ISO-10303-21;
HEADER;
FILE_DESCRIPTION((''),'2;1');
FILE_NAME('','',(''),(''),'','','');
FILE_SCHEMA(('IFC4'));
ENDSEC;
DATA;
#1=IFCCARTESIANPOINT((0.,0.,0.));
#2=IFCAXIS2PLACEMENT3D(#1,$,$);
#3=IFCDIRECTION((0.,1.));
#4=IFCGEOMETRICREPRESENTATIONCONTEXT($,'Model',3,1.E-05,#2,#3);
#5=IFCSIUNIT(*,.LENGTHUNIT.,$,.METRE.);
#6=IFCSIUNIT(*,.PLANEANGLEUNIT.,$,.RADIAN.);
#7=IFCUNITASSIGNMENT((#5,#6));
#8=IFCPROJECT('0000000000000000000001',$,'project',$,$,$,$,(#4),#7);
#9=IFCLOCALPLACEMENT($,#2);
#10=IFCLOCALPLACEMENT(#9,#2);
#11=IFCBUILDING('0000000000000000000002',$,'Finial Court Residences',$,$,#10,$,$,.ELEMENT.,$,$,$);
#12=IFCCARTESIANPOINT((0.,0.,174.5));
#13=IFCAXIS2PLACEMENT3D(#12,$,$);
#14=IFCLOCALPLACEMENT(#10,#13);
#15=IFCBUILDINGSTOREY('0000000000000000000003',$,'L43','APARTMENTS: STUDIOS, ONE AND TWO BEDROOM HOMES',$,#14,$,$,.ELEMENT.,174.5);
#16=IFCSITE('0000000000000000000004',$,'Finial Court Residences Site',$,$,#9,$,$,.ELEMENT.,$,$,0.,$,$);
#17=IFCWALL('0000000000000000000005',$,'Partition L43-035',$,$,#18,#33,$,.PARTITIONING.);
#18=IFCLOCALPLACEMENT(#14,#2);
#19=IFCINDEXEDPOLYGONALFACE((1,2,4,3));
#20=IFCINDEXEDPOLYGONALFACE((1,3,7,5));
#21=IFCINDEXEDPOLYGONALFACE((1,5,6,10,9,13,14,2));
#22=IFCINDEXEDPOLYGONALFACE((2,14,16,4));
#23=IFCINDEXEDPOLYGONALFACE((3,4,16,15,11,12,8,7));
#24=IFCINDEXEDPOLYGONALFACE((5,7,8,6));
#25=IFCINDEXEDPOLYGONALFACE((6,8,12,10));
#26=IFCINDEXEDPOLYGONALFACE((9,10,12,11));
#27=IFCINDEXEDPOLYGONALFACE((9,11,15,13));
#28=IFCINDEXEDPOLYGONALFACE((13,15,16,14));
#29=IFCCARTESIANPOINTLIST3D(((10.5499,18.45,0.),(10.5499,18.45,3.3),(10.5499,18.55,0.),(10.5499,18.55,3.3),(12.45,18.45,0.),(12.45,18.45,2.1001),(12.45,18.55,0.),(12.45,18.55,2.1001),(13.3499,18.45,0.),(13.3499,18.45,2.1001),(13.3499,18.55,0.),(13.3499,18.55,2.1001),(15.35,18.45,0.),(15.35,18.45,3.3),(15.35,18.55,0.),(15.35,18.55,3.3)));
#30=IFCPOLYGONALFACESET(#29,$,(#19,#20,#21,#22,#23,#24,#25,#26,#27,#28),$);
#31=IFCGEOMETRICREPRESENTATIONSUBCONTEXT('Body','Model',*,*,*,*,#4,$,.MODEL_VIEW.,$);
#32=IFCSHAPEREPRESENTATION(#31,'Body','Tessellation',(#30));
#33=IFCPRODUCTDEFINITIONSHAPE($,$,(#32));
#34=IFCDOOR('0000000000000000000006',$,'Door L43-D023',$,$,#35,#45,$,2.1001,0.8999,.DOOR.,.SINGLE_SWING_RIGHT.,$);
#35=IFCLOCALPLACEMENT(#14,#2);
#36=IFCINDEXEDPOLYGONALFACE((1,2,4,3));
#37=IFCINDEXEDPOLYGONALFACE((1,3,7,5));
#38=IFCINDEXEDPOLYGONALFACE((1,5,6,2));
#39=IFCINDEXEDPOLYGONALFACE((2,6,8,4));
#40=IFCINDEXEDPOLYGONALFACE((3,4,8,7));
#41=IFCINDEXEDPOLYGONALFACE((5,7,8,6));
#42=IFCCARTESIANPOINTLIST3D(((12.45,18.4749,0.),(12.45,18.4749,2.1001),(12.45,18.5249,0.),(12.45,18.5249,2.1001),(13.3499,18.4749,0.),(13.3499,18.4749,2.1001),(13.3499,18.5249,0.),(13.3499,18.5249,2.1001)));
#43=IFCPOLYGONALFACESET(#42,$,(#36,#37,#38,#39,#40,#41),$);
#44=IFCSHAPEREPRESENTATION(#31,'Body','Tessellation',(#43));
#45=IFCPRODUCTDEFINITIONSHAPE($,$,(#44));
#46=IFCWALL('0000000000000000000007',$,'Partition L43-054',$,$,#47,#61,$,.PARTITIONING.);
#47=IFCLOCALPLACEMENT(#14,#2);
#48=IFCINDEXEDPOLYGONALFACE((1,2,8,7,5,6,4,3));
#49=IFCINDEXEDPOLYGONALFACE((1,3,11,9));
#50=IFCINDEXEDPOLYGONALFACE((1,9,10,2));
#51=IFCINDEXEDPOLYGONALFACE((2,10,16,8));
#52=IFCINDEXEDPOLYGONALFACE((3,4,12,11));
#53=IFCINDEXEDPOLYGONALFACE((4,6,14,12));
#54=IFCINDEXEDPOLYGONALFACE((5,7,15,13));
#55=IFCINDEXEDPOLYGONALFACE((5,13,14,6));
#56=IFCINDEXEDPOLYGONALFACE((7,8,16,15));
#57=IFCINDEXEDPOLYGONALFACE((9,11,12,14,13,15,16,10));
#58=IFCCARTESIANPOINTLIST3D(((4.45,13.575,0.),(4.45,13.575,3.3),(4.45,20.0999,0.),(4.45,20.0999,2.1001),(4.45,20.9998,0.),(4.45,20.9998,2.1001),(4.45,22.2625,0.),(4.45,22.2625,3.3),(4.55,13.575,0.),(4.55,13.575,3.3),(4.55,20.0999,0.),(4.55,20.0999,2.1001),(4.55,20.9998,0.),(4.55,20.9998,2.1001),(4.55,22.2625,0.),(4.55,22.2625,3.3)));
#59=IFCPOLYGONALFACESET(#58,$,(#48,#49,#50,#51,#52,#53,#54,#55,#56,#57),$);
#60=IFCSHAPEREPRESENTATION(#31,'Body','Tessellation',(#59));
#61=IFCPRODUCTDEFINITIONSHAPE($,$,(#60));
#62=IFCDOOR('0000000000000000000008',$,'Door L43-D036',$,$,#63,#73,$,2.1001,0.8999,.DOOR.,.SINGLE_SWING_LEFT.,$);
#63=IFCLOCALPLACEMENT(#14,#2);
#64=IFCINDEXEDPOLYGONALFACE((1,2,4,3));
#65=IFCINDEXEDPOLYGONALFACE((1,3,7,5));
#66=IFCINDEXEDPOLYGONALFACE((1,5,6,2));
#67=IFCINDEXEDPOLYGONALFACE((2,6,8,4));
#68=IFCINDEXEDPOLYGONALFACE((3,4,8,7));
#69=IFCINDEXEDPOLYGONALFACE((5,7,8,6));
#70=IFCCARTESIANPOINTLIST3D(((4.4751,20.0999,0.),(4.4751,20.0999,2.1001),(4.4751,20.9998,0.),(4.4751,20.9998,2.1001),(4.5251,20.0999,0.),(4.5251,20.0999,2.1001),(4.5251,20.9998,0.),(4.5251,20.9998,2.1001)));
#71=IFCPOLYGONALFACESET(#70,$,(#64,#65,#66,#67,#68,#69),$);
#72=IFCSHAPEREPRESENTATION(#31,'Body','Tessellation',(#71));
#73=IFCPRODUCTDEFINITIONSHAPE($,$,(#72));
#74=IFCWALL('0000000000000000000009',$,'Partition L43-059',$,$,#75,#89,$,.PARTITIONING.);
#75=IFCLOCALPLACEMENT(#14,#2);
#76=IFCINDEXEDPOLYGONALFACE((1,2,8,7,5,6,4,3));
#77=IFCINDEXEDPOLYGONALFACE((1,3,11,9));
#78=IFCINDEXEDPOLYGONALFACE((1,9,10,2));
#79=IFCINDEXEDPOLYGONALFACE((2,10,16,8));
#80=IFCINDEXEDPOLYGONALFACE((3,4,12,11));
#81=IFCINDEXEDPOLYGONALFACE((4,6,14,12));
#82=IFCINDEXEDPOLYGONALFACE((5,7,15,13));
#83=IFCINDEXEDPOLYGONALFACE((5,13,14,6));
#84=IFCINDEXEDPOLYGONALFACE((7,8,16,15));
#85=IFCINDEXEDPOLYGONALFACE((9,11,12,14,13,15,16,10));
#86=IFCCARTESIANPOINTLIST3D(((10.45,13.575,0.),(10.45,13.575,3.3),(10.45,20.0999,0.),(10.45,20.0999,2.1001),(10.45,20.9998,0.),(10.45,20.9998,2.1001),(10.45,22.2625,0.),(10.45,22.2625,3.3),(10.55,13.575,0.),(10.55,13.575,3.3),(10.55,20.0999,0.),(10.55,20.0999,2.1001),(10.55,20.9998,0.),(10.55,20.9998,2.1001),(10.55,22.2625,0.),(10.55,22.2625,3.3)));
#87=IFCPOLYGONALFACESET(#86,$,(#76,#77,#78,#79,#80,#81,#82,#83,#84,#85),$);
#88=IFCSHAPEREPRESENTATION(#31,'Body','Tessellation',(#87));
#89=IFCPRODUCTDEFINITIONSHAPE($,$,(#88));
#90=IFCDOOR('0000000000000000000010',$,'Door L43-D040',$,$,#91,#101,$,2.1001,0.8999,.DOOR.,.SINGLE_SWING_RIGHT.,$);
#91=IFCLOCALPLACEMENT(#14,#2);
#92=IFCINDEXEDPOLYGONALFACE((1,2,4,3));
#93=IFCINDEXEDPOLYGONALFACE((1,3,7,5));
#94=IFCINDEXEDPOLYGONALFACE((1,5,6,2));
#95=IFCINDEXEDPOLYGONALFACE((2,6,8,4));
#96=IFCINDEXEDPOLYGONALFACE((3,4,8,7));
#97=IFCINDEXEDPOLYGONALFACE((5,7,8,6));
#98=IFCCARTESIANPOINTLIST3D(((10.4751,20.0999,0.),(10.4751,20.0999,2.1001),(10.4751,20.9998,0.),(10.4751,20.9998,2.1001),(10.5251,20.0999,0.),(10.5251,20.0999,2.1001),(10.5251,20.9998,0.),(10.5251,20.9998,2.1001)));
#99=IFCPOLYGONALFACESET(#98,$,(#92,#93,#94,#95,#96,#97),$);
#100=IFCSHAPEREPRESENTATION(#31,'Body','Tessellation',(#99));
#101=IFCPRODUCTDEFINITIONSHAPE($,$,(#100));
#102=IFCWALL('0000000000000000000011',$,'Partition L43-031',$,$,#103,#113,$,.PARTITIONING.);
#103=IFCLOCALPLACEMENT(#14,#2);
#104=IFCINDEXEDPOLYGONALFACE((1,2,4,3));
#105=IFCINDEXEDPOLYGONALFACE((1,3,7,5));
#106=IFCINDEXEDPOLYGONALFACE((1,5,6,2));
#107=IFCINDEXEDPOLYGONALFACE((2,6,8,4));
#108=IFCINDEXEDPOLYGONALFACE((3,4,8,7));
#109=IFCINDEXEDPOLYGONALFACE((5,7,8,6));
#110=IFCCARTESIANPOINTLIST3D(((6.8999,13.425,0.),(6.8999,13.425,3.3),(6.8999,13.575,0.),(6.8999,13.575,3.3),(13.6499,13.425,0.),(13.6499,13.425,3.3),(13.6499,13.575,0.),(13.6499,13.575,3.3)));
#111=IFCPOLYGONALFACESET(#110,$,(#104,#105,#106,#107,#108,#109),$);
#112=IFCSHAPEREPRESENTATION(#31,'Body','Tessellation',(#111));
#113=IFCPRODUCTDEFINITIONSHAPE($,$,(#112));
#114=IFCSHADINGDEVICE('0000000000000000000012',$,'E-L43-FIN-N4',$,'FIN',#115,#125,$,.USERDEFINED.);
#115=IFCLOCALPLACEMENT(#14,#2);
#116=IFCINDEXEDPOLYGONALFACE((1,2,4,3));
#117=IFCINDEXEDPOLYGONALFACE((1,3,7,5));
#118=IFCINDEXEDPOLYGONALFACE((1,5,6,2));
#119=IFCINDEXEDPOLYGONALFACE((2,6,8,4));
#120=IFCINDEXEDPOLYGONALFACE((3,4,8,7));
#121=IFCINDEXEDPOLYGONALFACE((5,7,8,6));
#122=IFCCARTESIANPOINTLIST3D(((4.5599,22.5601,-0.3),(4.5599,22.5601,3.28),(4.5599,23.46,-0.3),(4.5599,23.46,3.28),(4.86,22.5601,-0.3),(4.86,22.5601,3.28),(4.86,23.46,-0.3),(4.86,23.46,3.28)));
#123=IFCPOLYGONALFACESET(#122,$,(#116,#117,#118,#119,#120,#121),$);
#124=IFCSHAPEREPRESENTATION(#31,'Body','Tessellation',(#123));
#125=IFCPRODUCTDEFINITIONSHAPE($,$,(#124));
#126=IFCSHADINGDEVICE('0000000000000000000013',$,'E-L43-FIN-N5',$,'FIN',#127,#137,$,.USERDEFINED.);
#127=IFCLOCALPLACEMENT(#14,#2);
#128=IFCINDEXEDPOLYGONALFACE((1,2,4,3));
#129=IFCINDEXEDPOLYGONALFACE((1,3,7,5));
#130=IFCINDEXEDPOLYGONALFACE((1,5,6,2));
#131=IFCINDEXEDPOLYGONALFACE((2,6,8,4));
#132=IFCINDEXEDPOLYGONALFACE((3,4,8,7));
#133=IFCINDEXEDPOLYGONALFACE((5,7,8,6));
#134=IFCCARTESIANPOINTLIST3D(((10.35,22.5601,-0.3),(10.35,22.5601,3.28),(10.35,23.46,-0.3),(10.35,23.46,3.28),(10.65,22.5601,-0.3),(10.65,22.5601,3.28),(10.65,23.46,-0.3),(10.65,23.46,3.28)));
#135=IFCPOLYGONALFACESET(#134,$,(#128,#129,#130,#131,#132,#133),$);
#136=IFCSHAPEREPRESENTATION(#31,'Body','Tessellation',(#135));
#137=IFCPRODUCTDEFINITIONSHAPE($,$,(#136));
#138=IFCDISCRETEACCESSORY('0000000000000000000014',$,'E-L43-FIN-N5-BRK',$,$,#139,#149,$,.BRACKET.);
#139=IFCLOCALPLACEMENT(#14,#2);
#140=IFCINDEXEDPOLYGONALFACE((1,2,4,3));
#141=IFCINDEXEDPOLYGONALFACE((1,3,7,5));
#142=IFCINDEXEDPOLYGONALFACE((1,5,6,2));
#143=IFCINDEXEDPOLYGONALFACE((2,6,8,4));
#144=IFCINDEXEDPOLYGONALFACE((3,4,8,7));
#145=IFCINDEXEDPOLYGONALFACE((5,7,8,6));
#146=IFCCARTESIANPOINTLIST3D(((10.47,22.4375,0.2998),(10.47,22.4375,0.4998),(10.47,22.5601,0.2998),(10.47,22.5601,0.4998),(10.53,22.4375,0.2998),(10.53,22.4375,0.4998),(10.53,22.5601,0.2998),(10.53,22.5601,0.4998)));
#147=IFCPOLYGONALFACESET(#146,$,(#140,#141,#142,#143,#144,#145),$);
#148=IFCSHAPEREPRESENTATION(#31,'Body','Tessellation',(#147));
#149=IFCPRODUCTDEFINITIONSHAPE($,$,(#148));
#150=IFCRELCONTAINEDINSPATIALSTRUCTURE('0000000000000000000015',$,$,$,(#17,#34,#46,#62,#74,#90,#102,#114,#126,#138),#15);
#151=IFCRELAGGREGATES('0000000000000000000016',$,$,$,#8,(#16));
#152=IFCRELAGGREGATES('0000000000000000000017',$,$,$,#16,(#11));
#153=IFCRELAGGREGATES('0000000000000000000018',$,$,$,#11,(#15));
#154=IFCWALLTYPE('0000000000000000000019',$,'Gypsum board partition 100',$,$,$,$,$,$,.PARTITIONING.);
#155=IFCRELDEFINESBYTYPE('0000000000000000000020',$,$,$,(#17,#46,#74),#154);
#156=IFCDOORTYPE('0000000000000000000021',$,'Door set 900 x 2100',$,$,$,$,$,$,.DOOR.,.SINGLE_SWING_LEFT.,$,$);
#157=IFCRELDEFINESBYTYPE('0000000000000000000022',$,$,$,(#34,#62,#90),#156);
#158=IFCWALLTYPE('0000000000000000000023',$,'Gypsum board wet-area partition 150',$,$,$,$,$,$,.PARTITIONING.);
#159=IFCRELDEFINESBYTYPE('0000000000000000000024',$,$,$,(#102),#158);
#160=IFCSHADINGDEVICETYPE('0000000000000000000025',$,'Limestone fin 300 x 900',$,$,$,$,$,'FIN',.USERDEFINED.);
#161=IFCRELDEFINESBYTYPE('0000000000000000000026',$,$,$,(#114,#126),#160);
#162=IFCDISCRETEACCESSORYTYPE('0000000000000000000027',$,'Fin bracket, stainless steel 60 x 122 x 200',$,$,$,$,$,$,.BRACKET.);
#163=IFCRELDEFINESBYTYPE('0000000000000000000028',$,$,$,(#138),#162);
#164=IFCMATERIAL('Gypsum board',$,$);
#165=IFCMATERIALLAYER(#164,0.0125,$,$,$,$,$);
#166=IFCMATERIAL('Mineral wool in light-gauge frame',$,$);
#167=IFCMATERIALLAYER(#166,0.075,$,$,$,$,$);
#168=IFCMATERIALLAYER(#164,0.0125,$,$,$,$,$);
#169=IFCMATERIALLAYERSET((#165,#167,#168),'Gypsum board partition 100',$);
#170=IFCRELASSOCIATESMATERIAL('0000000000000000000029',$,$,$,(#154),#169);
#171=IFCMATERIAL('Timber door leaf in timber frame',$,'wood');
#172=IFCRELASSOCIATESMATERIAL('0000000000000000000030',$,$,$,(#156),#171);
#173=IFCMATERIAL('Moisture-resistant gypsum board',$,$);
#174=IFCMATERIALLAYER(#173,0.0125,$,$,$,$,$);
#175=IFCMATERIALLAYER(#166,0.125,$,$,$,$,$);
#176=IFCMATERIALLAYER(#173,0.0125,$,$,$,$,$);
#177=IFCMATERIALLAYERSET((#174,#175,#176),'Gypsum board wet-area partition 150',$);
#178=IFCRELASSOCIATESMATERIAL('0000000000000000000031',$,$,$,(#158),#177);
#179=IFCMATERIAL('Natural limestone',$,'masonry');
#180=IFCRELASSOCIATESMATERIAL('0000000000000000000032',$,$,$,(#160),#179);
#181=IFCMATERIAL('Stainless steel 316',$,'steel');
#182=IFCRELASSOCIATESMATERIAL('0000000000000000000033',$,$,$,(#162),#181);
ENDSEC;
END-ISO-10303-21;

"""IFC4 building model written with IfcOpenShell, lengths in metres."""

from ifc_helpers import new_model, si_unit, direction, frame, frame_2d, origin, origin_2d, place, context, subcontext, project, spatial, rectangle, extrude, material, layer, layer_set, type_object, element, fill, save


model = new_model("IFC4")

# Units and contexts
model_context = context("Model", 3, precision=1e-05, world=origin(), true_north=direction((0.0, 1.0)))
body_context = subcontext(model_context, "Body", "Model", "MODEL_VIEW")
ifc_project = project(units=[si_unit("LENGTHUNIT", "METRE"), si_unit("PLANEANGLEUNIT", "RADIAN")], contexts=[model_context])

# Site, building, storey
site_placement = place(None, origin())
site = spatial("IfcSite", under=ifc_project, at=site_placement, Name="Finial Court Residences Site", CompositionType="ELEMENT", RefElevation=0.0)
building_placement = place(site_placement, origin())
building = spatial("IfcBuilding", under=site, at=building_placement, Name="Finial Court Residences", CompositionType="ELEMENT")
storey_placement = place(building_placement, frame((0.0, 0.0, 174.5)))
storey = spatial("IfcBuildingStorey", under=building, at=storey_placement, Name="L43", Description="APARTMENTS: STUDIOS, ONE AND TWO BEDROOM HOMES", CompositionType="ELEMENT", Elevation=174.5)

# Walls, openings, doors
ifc_material_1 = material(Name="Gypsum board")
ifc_layer_1 = layer(ifc_material_1, 0.0125)
ifc_material_2 = material(Name="Mineral wool in light-gauge frame")
ifc_layer_2 = layer(ifc_material_2, 0.075)
ifc_layer_3 = layer(ifc_material_1, 0.0125)
ifc_layer_set_1 = layer_set([ifc_layer_1, ifc_layer_2, ifc_layer_3], Name="Gypsum board partition 100")
wall_type_1 = type_object("IfcWallType", Name="Gypsum board partition 100", PredefinedType="PARTITIONING", material=ifc_layer_set_1)
wall_1_placement = place(storey_placement, frame((10.55, 18.5, 0.0), z_axis=(0.0, 0.0, 1.0), x_axis=(1.0, 0.0, 0.0)))
wall_1 = element("IfcWall", 1, at=wall_1_placement, inside=storey, type_object=wall_type_1, Name="Partition L43-035", PredefinedType="PARTITIONING", context=body_context, shape_type="SweptSolid", body=[
    extrude(rectangle(XDim=4.8, YDim=0.1001, at=frame_2d((2.3999, 0.0))), origin(), (0.0, 0.0, 1.0), 3.3),
])
opening_1_placement = place(wall_1_placement, frame((1.8999, 0.0, 0.0)))
opening_1 = element("IfcOpeningElement", 2, at=opening_1_placement, cuts=wall_1, PredefinedType="OPENING", context=body_context, shape_type="SweptSolid", body=[
    extrude(rectangle(XDim=0.8999, YDim=2.1001, at=frame_2d((0.45, 1.05))), frame((0.0, 0.0601, 0.0), z_axis=(0.0, -1.0, 0.0), x_axis=(1.0, 0.0, 0.0)), (0.0, 0.0, 1.0), 0.1201),
])
ifc_material_3 = material(Name="Timber door leaf in timber frame", Category="wood")
door_type = type_object("IfcDoorType", Name="Door set 900 x 2100", OperationType="SINGLE_SWING_LEFT", PredefinedType="DOOR", material=ifc_material_3)
door_1_placement = place(opening_1_placement, origin())
door_1 = element("IfcDoor", 3, at=door_1_placement, inside=storey, type_object=door_type, Name="Door L43-D023", OperationType="SINGLE_SWING_RIGHT", OverallHeight=2.1001, OverallWidth=0.8999, PredefinedType="DOOR", context=body_context, shape_type="SweptSolid", body=[
    extrude(rectangle(XDim=0.8999, YDim=2.1001, at=frame_2d((0.45, 1.05))), frame((0.0, 0.0249, 0.0), z_axis=(0.0, -1.0, 0.0), x_axis=(1.0, 0.0, 0.0)), (0.0, 0.0, 1.0), 0.05),
])
fill(opening_1, door_1)
wall_2_placement = place(storey_placement, frame((4.5, 13.575, 0.0), z_axis=(0.0, 0.0, 1.0), x_axis=(0.0, 1.0, 0.0)))
wall_2 = element("IfcWall", 4, at=wall_2_placement, inside=storey, type_object=wall_type_1, Name="Partition L43-054", PredefinedType="PARTITIONING", context=body_context, shape_type="SweptSolid", body=[
    extrude(rectangle(XDim=8.6875, YDim=0.1001, at=frame_2d((4.3438, 0.0))), origin(), (0.0, 0.0, 1.0), 3.3),
])
opening_2_placement = place(wall_2_placement, frame((6.5249, 0.0, 0.0)))
opening_2 = element("IfcOpeningElement", 5, at=opening_2_placement, cuts=wall_2, PredefinedType="OPENING", context=body_context, shape_type="SweptSolid", body=[
    extrude(rectangle(XDim=0.8999, YDim=2.1001, at=frame_2d((0.45, 1.05))), frame((0.0, 0.0601, 0.0), z_axis=(0.0, -1.0, 0.0), x_axis=(1.0, 0.0, 0.0)), (0.0, 0.0, 1.0), 0.1201),
])
door_2_placement = place(opening_2_placement, origin())
door_2 = element("IfcDoor", 6, at=door_2_placement, inside=storey, type_object=door_type, Name="Door L43-D036", OperationType="SINGLE_SWING_LEFT", OverallHeight=2.1001, OverallWidth=0.8999, PredefinedType="DOOR", context=body_context, shape_type="SweptSolid", body=[
    extrude(rectangle(XDim=0.8999, YDim=2.1001, at=frame_2d((0.45, 1.05))), frame((0.0, 0.0249, 0.0), z_axis=(0.0, -1.0, 0.0), x_axis=(1.0, 0.0, 0.0)), (0.0, 0.0, 1.0), 0.05),
])
fill(opening_2, door_2)
wall_3_placement = place(storey_placement, frame((10.5, 13.575, 0.0), z_axis=(0.0, 0.0, 1.0), x_axis=(0.0, 1.0, 0.0)))
wall_3 = element("IfcWall", 7, at=wall_3_placement, inside=storey, type_object=wall_type_1, Name="Partition L43-059", PredefinedType="PARTITIONING", context=body_context, shape_type="SweptSolid", body=[
    extrude(rectangle(XDim=8.6875, YDim=0.1001, at=frame_2d((4.3438, 0.0))), origin(), (0.0, 0.0, 1.0), 3.3),
])
opening_3_placement = place(wall_3_placement, frame((6.5249, 0.0, 0.0)))
opening_3 = element("IfcOpeningElement", 8, at=opening_3_placement, cuts=wall_3, PredefinedType="OPENING", context=body_context, shape_type="SweptSolid", body=[
    extrude(rectangle(XDim=0.8999, YDim=2.1001, at=frame_2d((0.45, 1.05))), frame((0.0, 0.0601, 0.0), z_axis=(0.0, -1.0, 0.0), x_axis=(1.0, 0.0, 0.0)), (0.0, 0.0, 1.0), 0.1201),
])
door_3_placement = place(opening_3_placement, origin())
door_3 = element("IfcDoor", 9, at=door_3_placement, inside=storey, type_object=door_type, Name="Door L43-D040", OperationType="SINGLE_SWING_RIGHT", OverallHeight=2.1001, OverallWidth=0.8999, PredefinedType="DOOR", context=body_context, shape_type="SweptSolid", body=[
    extrude(rectangle(XDim=0.8999, YDim=2.1001, at=frame_2d((0.45, 1.05))), frame((0.0, 0.0249, 0.0), z_axis=(0.0, -1.0, 0.0), x_axis=(1.0, 0.0, 0.0)), (0.0, 0.0, 1.0), 0.05),
])
fill(opening_3, door_3)

# Wall
ifc_material_4 = material(Name="Moisture-resistant gypsum board")
ifc_layer_4 = layer(ifc_material_4, 0.0125)
ifc_layer_5 = layer(ifc_material_2, 0.125)
ifc_layer_6 = layer(ifc_material_4, 0.0125)
ifc_layer_set_2 = layer_set([ifc_layer_4, ifc_layer_5, ifc_layer_6], Name="Gypsum board wet-area partition 150")
wall_type_2 = type_object("IfcWallType", Name="Gypsum board wet-area partition 150", PredefinedType="PARTITIONING", material=ifc_layer_set_2)
wall_4_placement = place(storey_placement, frame((6.8999, 13.5, 0.0), z_axis=(0.0, 0.0, 1.0), x_axis=(1.0, 0.0, 0.0)))
element("IfcWall", 10, at=wall_4_placement, inside=storey, type_object=wall_type_2, Name="Partition L43-031", PredefinedType="PARTITIONING", context=body_context, shape_type="SweptSolid", body=[
    extrude(rectangle(XDim=6.75, YDim=0.1499, at=frame_2d((3.375, 0.0))), origin(), (0.0, 0.0, 1.0), 3.3),
])

# Shading devices
ifc_material_5 = material(Name="Natural limestone", Category="masonry")
shading_device_type = type_object("IfcShadingDeviceType", Name="Limestone fin 300 x 900", ElementType="FIN", PredefinedType="USERDEFINED", material=ifc_material_5)
for number, where, z_axis, x_axis, name in (
    (11, (4.71, 23.01, -0.3), (0.0, 0.0, 1.0), (1.0, 0.0, 0.0), "E-L43-FIN-N4"),
    (12, (10.5, 23.01, -0.3), (0.0, 0.0, 1.0), (1.0, 0.0, 0.0), "E-L43-FIN-N5"),
):
    element("IfcShadingDevice", number, at=place(storey_placement, frame(where, z_axis=z_axis, x_axis=x_axis)), inside=storey, type_object=shading_device_type, Name=name, ObjectType="FIN", PredefinedType="USERDEFINED", context=body_context, shape_type="SweptSolid", body=[
        extrude(rectangle(XDim=0.3, YDim=0.8999, at=origin_2d()), origin(), (0.0, 0.0, 1.0), 3.5801),
    ])

# Discrete accessory
ifc_material_6 = material(Name="Stainless steel 316", Category="steel")
discrete_accessory_type = type_object("IfcDiscreteAccessoryType", Name="Fin bracket, stainless steel 60 x 122 x 200", PredefinedType="BRACKET", material=ifc_material_6)
discrete_accessory_placement = place(storey_placement, frame((10.5, 22.4988, 0.2998), z_axis=(0.0, 0.0, 1.0), x_axis=(1.0, 0.0, 0.0)))
element("IfcDiscreteAccessory", 13, at=discrete_accessory_placement, inside=storey, type_object=discrete_accessory_type, Name="E-L43-FIN-N5-BRK", PredefinedType="BRACKET", context=body_context, shape_type="SweptSolid", body=[
    extrude(rectangle(XDim=0.0601, YDim=0.1226, at=origin_2d()), origin(), (0.0, 0.0, 1.0), 0.2),
])

save(model, "model.ifc")
